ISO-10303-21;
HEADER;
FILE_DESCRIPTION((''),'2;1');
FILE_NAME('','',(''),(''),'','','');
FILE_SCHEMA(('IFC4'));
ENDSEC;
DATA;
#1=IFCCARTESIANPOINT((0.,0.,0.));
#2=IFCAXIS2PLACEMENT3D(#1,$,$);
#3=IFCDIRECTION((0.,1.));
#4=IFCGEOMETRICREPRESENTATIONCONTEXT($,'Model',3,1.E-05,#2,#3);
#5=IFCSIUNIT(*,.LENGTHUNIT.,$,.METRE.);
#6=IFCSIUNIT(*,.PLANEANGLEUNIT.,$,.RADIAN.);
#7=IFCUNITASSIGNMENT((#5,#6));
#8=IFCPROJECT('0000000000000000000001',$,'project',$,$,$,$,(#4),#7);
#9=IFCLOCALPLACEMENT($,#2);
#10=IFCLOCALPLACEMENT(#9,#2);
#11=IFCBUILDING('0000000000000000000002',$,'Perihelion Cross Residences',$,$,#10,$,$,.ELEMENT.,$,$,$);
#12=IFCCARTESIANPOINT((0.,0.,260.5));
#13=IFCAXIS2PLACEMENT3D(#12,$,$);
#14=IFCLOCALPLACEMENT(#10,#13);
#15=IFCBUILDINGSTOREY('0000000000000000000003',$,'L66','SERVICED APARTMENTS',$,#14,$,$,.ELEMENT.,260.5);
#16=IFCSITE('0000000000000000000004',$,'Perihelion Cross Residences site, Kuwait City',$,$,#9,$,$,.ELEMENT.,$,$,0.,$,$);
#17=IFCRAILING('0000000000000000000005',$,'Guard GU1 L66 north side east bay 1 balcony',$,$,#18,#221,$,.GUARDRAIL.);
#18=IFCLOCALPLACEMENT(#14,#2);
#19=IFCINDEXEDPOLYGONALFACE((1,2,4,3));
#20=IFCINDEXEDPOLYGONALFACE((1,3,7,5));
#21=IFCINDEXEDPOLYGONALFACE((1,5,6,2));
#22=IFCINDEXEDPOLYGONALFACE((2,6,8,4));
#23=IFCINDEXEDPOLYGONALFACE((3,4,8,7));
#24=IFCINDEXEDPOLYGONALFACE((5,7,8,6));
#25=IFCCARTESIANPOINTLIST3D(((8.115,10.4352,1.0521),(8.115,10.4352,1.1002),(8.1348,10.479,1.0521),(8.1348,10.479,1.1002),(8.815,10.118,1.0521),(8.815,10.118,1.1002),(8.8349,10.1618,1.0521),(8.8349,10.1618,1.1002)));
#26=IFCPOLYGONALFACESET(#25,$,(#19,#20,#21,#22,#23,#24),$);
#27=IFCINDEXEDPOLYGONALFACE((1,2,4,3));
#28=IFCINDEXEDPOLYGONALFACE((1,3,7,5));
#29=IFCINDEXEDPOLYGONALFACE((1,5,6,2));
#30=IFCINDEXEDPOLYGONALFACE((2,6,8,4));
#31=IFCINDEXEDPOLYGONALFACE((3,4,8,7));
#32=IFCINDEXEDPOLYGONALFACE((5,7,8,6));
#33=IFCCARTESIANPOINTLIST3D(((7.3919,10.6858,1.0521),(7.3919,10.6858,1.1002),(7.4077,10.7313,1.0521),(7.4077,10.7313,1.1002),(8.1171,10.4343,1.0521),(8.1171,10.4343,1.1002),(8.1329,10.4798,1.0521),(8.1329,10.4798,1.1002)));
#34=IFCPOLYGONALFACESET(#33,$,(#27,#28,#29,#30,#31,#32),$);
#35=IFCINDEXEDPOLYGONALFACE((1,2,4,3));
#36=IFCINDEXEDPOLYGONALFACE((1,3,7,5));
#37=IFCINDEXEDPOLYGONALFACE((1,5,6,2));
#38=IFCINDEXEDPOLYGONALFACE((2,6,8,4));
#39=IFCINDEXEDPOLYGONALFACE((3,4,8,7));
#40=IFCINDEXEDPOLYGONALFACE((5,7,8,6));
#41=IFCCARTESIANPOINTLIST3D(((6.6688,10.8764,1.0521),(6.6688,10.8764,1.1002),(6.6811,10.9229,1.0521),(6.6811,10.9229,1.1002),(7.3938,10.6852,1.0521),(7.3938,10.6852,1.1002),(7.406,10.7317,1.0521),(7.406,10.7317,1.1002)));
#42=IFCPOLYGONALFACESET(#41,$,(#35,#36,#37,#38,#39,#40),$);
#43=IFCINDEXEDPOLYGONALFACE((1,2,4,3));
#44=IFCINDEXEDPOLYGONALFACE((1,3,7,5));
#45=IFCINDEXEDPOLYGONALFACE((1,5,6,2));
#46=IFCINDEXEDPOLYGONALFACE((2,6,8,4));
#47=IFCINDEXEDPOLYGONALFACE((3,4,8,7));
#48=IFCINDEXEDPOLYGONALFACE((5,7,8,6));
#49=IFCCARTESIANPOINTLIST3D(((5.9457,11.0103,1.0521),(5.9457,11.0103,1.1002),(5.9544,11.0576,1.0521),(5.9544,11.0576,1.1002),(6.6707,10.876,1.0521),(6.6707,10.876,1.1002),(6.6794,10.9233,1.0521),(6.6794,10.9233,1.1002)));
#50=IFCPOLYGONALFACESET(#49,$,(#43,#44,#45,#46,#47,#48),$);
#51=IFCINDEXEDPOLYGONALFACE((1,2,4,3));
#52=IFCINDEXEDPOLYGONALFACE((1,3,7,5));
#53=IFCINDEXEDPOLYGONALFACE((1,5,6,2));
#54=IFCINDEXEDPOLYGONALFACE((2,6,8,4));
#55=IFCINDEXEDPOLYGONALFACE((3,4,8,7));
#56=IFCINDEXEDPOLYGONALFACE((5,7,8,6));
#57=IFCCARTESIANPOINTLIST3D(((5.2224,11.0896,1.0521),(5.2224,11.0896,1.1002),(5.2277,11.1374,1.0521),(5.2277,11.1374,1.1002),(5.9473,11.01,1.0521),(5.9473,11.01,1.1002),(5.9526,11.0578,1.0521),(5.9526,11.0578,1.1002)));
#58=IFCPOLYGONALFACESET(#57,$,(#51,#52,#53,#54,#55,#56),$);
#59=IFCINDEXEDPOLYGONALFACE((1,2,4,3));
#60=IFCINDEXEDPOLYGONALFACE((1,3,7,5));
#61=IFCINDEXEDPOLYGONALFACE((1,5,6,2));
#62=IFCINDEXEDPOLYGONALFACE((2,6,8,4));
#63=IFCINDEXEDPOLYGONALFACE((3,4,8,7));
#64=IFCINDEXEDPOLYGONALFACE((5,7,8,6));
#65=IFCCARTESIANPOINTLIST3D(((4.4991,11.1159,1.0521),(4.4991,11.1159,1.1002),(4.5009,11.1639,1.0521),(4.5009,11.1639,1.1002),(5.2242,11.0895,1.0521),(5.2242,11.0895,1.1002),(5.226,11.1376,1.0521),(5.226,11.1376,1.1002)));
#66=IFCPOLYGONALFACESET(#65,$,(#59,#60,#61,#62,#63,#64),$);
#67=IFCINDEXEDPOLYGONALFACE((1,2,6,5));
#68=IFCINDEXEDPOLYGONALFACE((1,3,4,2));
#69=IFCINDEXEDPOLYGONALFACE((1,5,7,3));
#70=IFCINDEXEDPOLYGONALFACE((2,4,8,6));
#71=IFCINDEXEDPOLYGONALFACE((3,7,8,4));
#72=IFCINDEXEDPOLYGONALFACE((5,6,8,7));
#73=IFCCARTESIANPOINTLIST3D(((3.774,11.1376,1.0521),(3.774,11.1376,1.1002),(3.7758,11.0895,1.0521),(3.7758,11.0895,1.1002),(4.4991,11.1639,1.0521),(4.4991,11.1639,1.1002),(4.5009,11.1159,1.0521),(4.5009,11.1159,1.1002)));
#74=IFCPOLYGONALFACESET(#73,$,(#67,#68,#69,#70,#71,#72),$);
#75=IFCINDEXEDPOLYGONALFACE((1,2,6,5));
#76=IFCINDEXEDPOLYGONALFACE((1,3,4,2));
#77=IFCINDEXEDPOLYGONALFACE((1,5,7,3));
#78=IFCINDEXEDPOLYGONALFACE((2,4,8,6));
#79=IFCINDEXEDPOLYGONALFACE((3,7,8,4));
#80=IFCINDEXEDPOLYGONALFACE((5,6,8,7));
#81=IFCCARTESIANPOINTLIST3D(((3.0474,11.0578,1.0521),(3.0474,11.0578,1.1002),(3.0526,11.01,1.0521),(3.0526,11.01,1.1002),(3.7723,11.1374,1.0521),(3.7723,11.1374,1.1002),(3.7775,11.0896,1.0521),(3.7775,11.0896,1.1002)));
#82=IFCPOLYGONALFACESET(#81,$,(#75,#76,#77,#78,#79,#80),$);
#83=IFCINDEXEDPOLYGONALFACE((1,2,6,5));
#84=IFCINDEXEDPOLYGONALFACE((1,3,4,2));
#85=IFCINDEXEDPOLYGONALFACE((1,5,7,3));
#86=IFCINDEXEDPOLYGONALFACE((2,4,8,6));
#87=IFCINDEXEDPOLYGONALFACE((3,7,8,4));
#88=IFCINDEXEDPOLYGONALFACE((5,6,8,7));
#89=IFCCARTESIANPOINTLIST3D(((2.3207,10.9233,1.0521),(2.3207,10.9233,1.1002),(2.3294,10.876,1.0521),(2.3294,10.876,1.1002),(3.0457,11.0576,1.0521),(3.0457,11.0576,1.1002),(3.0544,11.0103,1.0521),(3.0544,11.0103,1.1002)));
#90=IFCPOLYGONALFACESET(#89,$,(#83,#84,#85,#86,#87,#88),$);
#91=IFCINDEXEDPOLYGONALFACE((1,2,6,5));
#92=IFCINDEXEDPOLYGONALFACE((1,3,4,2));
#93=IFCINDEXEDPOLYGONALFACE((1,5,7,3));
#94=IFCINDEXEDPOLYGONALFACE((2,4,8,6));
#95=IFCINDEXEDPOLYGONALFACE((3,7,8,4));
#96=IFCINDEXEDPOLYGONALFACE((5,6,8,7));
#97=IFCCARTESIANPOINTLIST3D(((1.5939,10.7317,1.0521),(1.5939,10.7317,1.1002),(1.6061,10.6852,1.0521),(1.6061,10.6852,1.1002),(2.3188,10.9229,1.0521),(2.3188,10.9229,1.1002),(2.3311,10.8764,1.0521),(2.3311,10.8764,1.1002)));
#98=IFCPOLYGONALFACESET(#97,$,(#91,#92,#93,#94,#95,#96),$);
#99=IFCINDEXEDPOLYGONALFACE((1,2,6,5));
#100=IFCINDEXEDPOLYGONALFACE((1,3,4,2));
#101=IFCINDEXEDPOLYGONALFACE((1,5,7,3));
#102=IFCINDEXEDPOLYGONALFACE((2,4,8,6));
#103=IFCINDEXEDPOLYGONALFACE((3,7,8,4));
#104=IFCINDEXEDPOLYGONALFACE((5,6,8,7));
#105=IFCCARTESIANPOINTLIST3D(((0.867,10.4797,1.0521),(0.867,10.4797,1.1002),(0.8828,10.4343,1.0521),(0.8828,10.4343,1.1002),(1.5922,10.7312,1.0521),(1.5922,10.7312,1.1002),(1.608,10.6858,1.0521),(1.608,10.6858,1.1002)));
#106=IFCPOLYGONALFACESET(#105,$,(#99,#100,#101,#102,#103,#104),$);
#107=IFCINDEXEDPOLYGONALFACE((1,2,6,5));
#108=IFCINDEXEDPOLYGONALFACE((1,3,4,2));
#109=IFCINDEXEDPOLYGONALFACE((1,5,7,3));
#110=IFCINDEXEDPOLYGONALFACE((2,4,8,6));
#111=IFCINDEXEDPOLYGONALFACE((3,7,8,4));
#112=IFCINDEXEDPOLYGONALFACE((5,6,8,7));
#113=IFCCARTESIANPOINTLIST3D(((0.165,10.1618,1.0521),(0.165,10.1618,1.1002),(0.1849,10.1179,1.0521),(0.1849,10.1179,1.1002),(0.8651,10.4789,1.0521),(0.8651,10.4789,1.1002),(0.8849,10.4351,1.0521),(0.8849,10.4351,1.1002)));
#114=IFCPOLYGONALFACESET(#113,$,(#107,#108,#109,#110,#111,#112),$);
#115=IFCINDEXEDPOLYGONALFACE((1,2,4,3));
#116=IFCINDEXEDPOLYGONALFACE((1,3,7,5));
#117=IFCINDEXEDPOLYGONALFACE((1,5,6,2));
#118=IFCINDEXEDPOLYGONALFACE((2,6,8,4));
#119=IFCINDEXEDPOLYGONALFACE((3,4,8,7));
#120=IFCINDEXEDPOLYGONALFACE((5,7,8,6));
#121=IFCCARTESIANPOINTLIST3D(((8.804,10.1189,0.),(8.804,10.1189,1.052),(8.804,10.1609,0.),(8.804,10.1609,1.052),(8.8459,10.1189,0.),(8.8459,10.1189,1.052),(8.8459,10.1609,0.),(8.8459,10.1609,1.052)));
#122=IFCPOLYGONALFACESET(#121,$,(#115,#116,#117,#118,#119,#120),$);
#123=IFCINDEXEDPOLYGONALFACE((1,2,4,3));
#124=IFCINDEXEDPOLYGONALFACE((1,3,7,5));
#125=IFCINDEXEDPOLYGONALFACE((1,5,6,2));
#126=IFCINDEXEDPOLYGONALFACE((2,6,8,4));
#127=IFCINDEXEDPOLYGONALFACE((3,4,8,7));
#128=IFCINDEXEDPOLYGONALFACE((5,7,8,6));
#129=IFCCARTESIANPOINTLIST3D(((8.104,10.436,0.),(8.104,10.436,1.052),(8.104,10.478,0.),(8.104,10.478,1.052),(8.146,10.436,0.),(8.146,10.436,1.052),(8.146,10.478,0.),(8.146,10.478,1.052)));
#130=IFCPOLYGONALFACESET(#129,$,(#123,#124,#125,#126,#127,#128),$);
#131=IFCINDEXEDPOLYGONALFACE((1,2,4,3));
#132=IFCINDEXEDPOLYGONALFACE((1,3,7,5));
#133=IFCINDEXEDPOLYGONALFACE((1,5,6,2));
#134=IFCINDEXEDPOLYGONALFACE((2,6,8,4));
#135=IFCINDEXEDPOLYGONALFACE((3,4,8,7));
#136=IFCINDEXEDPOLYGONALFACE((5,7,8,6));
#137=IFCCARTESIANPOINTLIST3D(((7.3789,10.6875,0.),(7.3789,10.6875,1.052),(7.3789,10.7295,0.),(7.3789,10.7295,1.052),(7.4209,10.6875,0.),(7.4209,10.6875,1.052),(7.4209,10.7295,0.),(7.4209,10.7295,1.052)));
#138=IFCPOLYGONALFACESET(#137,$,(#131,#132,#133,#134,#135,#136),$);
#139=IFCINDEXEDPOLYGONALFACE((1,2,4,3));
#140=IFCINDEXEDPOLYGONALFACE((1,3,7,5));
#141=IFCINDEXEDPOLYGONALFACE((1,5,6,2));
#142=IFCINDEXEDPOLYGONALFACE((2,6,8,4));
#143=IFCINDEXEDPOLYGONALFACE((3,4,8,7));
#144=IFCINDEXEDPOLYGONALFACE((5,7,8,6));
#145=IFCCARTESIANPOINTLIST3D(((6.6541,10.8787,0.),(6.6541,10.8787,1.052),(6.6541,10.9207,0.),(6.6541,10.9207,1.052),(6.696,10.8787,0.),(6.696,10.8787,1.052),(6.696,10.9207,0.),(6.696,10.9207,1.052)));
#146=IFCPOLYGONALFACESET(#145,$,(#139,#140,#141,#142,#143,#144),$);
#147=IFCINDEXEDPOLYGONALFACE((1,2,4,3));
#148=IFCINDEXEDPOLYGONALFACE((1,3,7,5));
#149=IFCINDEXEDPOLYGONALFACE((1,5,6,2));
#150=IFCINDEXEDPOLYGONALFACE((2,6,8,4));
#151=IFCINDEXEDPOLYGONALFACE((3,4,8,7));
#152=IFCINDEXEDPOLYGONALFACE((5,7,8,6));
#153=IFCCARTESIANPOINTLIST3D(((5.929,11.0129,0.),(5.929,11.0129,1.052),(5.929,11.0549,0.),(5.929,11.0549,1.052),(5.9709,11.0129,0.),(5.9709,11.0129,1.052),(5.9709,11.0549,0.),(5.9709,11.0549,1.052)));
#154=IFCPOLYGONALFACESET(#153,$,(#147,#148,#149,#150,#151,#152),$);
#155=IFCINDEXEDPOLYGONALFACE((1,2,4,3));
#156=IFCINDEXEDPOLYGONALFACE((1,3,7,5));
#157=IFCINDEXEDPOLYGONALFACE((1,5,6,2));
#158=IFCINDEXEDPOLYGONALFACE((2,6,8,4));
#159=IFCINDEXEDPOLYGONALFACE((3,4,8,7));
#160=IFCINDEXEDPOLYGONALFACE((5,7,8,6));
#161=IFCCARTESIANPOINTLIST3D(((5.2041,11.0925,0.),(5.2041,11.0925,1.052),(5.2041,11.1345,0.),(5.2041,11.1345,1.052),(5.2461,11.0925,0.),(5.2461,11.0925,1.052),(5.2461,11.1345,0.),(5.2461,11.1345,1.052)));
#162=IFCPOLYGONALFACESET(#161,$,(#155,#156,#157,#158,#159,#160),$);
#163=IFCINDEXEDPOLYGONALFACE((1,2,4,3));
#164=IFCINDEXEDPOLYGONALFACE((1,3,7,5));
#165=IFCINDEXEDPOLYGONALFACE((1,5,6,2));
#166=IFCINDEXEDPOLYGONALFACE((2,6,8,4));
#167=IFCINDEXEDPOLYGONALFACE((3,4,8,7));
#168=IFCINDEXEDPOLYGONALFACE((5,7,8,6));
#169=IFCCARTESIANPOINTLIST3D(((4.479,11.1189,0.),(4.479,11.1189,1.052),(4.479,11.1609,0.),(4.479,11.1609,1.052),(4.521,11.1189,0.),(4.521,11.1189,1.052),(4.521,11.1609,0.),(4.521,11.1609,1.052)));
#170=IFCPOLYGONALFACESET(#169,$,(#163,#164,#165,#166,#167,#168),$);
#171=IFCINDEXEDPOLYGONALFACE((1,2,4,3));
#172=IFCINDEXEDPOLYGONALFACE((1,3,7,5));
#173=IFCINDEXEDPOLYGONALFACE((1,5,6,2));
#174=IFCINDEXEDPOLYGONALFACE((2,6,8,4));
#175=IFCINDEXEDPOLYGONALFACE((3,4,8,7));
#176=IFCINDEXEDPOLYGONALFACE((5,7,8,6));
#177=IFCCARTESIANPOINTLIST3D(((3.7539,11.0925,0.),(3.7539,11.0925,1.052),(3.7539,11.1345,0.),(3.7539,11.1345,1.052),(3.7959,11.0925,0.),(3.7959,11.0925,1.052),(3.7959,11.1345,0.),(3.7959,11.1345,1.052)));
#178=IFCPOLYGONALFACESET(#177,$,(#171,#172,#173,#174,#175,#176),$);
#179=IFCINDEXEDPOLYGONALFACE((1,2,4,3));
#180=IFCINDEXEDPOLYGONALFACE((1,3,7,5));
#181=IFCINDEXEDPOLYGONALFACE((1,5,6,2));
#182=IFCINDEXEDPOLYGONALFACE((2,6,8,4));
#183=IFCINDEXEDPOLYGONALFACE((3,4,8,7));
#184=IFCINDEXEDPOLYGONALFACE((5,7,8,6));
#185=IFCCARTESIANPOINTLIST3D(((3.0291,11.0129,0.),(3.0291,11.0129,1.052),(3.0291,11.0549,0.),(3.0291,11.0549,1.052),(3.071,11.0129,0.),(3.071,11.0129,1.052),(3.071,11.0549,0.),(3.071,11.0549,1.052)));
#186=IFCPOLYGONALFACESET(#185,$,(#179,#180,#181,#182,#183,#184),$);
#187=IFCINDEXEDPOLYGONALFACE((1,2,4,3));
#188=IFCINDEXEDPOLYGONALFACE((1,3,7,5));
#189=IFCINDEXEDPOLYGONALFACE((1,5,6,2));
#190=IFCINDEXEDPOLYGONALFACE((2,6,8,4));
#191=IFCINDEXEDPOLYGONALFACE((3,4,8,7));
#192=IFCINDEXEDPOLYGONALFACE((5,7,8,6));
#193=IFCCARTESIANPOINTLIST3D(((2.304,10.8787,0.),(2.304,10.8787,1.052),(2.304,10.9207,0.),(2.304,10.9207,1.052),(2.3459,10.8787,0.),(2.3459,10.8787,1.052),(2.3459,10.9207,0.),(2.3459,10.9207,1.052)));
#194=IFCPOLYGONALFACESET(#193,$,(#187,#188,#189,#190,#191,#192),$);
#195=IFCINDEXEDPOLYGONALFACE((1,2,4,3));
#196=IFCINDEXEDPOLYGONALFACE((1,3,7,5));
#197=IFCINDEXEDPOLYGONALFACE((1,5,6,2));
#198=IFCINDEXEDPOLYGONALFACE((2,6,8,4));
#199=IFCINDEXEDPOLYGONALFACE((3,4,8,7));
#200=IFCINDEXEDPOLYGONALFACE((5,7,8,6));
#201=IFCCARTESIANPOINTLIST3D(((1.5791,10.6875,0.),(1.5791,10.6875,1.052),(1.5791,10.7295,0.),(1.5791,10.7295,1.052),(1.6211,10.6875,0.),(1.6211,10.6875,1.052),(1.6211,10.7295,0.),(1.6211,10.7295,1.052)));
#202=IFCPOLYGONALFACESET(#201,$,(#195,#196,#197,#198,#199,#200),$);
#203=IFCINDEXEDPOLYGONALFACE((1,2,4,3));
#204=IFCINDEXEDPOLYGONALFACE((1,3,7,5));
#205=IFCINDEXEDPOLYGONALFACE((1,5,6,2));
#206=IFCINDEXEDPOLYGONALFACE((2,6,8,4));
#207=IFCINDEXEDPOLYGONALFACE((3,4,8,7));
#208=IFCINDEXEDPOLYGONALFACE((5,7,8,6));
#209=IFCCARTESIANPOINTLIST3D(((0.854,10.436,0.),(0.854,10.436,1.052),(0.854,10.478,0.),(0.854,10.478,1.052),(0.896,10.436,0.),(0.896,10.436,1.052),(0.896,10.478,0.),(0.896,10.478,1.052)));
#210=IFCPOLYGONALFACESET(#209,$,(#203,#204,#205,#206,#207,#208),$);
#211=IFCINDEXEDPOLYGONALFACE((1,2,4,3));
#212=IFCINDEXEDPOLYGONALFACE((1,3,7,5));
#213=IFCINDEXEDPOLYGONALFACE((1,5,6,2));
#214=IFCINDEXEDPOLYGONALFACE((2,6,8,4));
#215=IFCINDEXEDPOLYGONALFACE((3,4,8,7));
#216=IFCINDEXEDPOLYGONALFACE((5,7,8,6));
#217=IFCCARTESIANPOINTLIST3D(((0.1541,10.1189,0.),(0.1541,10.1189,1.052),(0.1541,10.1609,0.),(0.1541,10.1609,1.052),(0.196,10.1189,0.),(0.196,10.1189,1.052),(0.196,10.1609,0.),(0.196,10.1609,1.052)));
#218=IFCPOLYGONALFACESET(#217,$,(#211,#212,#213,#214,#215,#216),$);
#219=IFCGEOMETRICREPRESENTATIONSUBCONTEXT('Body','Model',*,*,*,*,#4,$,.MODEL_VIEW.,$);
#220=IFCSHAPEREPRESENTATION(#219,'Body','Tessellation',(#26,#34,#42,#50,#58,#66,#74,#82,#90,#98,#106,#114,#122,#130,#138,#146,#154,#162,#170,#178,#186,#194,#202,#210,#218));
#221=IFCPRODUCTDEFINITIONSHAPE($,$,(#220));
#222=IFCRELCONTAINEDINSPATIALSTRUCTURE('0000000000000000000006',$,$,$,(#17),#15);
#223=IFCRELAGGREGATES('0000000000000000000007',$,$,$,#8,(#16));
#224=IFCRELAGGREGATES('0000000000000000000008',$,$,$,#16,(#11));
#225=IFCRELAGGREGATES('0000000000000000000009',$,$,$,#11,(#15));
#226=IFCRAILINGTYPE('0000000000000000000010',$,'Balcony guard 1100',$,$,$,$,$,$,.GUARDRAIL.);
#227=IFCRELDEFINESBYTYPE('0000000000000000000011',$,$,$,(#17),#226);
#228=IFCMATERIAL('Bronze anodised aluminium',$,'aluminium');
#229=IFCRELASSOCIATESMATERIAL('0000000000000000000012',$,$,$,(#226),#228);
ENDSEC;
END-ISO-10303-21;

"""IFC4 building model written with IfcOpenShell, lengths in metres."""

from ifc_helpers import new_model, si_unit, direction, frame, origin, origin_2d, place, context, subcontext, project, spatial, rectangle, extrude, material, type_object, element, save


model = new_model("IFC4")

# Units and contexts
model_context = context("Model", 3, precision=1e-05, world=origin(), true_north=direction((0.0, 1.0)))
body_context = subcontext(model_context, "Body", "Model", "MODEL_VIEW")
ifc_project = project(units=[si_unit("LENGTHUNIT", "METRE"), si_unit("PLANEANGLEUNIT", "RADIAN")], contexts=[model_context])

# Site, building, storey
site_placement = place(None, origin())
site = spatial("IfcSite", under=ifc_project, at=site_placement, Name="Perihelion Cross Residences site, Kuwait City", CompositionType="ELEMENT", RefElevation=0.0)
building_placement = place(site_placement, origin())
building = spatial("IfcBuilding", under=site, at=building_placement, Name="Perihelion Cross Residences", CompositionType="ELEMENT")
storey_placement = place(building_placement, frame((0.0, 0.0, 260.5)))
storey = spatial("IfcBuildingStorey", under=building, at=storey_placement, Name="L66", Description="SERVICED APARTMENTS", CompositionType="ELEMENT", Elevation=260.5)

# Railing
ifc_material_1 = material(Name="Bronze anodised aluminium", Category="aluminium")
railing_type = type_object("IfcRailingType", Name="Balcony guard 1100", PredefinedType="GUARDRAIL", material=ifc_material_1)
railing_placement = place(storey_placement, frame((8.825, 10.1399, 0.0)))
element("IfcRailing", 1, at=railing_placement, inside=storey, type_object=railing_type, Name="Guard GU1 L66 north side east bay 1 balcony", PredefinedType="GUARDRAIL", context=body_context, shape_type="SweptSolid", body=[
    extrude(rectangle(XDim=0.0481, YDim=0.0481, at=origin_2d()), frame((0.0, 0.0, 1.0762), z_axis=(-0.910866, 0.412702, 0.0), x_axis=(-0.412702, -0.910866, 0.0)), (0.0, 0.0, 1.0), 0.7686),
    extrude(rectangle(XDim=0.0481, YDim=0.0481, at=origin_2d()), frame((-0.7, 0.3171, 1.0762), z_axis=(-0.944797, 0.327657, 0.0), x_axis=(-0.327657, -0.944797, 0.0)), (0.0, 0.0, 1.0), 0.7676),
    extrude(rectangle(XDim=0.0481, YDim=0.0481, at=origin_2d()), frame((-1.425, 0.5686, 1.0762), z_axis=(-0.966939, 0.255006, 0.0), x_axis=(-0.255006, -0.966939, 0.0)), (0.0, 0.0, 1.0), 0.7498),
    extrude(rectangle(XDim=0.0481, YDim=0.0481, at=origin_2d()), frame((-2.1499, 0.7598, 1.0762), z_axis=(-0.983282, 0.182089, 0.0), x_axis=(-0.182089, -0.983282, 0.0)), (0.0, 0.0, 1.0), 0.7373),
    extrude(rectangle(XDim=0.0481, YDim=0.0481, at=origin_2d()), frame((-2.875, 0.894, 1.0762), z_axis=(-0.994026, 0.109145, 0.0), x_axis=(-0.109145, -0.994026, 0.0)), (0.0, 0.0, 1.0), 0.7292),
    extrude(rectangle(XDim=0.0481, YDim=0.0481, at=origin_2d()), frame((-3.5999, 0.9736, 1.0762), z_axis=(-0.999339, 0.03634, 0.0), x_axis=(-0.03634, -0.999339, 0.0)), (0.0, 0.0, 1.0), 0.7256),
    extrude(rectangle(XDim=0.0481, YDim=0.0481, at=origin_2d()), frame((-4.325, 1.0, 1.0762), z_axis=(-0.999339, -0.03634, 0.0), x_axis=(0.03634, -0.999339, 0.0)), (0.0, 0.0, 1.0), 0.7256),
    extrude(rectangle(XDim=0.0481, YDim=0.0481, at=origin_2d()), frame((-5.05, 0.9736, 1.0762), z_axis=(-0.994026, -0.109145, 0.0), x_axis=(0.109145, -0.994026, 0.0)), (0.0, 0.0, 1.0), 0.7292),
    extrude(rectangle(XDim=0.0481, YDim=0.0481, at=origin_2d()), frame((-5.7749, 0.894, 1.0762), z_axis=(-0.983282, -0.182089, 0.0), x_axis=(0.182089, -0.983282, 0.0)), (0.0, 0.0, 1.0), 0.7373),
    extrude(rectangle(XDim=0.0481, YDim=0.0481, at=origin_2d()), frame((-6.5, 0.7598, 1.0762), z_axis=(-0.966939, -0.255006, 0.0), x_axis=(0.255006, -0.966939, 0.0)), (0.0, 0.0, 1.0), 0.7498),
    extrude(rectangle(XDim=0.0481, YDim=0.0481, at=origin_2d()), frame((-7.2249, 0.5686, 1.0762), z_axis=(-0.944797, -0.327657, 0.0), x_axis=(0.327657, -0.944797, 0.0)), (0.0, 0.0, 1.0), 0.7676),
    extrude(rectangle(XDim=0.0481, YDim=0.0481, at=origin_2d()), frame((-7.95, 0.3171, 1.0762), z_axis=(-0.910866, -0.412702, 0.0), x_axis=(0.412702, -0.910866, 0.0)), (0.0, 0.0, 1.0), 0.7686),
    extrude(rectangle(XDim=0.042, YDim=0.042, at=origin_2d()), origin(), (0.0, 0.0, 1.0), 1.052),
    extrude(rectangle(XDim=0.042, YDim=0.042, at=origin_2d()), frame((-0.7, 0.3171, 0.0)), (0.0, 0.0, 1.0), 1.052),
    extrude(rectangle(XDim=0.042, YDim=0.042, at=origin_2d()), frame((-1.425, 0.5686, 0.0)), (0.0, 0.0, 1.0), 1.052),
    extrude(rectangle(XDim=0.042, YDim=0.042, at=origin_2d()), frame((-2.1499, 0.7598, 0.0)), (0.0, 0.0, 1.0), 1.052),
    extrude(rectangle(XDim=0.042, YDim=0.042, at=origin_2d()), frame((-2.875, 0.894, 0.0)), (0.0, 0.0, 1.0), 1.052),
    extrude(rectangle(XDim=0.042, YDim=0.042, at=origin_2d()), frame((-3.5999, 0.9736, 0.0)), (0.0, 0.0, 1.0), 1.052),
    extrude(rectangle(XDim=0.042, YDim=0.042, at=origin_2d()), frame((-4.325, 1.0, 0.0)), (0.0, 0.0, 1.0), 1.052),
    extrude(rectangle(XDim=0.042, YDim=0.042, at=origin_2d()), frame((-5.05, 0.9736, 0.0)), (0.0, 0.0, 1.0), 1.052),
    extrude(rectangle(XDim=0.042, YDim=0.042, at=origin_2d()), frame((-5.7749, 0.894, 0.0)), (0.0, 0.0, 1.0), 1.052),
    extrude(rectangle(XDim=0.042, YDim=0.042, at=origin_2d()), frame((-6.5, 0.7598, 0.0)), (0.0, 0.0, 1.0), 1.052),
    extrude(rectangle(XDim=0.042, YDim=0.042, at=origin_2d()), frame((-7.2249, 0.5686, 0.0)), (0.0, 0.0, 1.0), 1.052),
    extrude(rectangle(XDim=0.042, YDim=0.042, at=origin_2d()), frame((-7.95, 0.3171, 0.0)), (0.0, 0.0, 1.0), 1.052),
    extrude(rectangle(XDim=0.042, YDim=0.042, at=origin_2d()), frame((-8.6499, 0.0, 0.0)), (0.0, 0.0, 1.0), 1.052),
])

save(model, "model.ifc")
